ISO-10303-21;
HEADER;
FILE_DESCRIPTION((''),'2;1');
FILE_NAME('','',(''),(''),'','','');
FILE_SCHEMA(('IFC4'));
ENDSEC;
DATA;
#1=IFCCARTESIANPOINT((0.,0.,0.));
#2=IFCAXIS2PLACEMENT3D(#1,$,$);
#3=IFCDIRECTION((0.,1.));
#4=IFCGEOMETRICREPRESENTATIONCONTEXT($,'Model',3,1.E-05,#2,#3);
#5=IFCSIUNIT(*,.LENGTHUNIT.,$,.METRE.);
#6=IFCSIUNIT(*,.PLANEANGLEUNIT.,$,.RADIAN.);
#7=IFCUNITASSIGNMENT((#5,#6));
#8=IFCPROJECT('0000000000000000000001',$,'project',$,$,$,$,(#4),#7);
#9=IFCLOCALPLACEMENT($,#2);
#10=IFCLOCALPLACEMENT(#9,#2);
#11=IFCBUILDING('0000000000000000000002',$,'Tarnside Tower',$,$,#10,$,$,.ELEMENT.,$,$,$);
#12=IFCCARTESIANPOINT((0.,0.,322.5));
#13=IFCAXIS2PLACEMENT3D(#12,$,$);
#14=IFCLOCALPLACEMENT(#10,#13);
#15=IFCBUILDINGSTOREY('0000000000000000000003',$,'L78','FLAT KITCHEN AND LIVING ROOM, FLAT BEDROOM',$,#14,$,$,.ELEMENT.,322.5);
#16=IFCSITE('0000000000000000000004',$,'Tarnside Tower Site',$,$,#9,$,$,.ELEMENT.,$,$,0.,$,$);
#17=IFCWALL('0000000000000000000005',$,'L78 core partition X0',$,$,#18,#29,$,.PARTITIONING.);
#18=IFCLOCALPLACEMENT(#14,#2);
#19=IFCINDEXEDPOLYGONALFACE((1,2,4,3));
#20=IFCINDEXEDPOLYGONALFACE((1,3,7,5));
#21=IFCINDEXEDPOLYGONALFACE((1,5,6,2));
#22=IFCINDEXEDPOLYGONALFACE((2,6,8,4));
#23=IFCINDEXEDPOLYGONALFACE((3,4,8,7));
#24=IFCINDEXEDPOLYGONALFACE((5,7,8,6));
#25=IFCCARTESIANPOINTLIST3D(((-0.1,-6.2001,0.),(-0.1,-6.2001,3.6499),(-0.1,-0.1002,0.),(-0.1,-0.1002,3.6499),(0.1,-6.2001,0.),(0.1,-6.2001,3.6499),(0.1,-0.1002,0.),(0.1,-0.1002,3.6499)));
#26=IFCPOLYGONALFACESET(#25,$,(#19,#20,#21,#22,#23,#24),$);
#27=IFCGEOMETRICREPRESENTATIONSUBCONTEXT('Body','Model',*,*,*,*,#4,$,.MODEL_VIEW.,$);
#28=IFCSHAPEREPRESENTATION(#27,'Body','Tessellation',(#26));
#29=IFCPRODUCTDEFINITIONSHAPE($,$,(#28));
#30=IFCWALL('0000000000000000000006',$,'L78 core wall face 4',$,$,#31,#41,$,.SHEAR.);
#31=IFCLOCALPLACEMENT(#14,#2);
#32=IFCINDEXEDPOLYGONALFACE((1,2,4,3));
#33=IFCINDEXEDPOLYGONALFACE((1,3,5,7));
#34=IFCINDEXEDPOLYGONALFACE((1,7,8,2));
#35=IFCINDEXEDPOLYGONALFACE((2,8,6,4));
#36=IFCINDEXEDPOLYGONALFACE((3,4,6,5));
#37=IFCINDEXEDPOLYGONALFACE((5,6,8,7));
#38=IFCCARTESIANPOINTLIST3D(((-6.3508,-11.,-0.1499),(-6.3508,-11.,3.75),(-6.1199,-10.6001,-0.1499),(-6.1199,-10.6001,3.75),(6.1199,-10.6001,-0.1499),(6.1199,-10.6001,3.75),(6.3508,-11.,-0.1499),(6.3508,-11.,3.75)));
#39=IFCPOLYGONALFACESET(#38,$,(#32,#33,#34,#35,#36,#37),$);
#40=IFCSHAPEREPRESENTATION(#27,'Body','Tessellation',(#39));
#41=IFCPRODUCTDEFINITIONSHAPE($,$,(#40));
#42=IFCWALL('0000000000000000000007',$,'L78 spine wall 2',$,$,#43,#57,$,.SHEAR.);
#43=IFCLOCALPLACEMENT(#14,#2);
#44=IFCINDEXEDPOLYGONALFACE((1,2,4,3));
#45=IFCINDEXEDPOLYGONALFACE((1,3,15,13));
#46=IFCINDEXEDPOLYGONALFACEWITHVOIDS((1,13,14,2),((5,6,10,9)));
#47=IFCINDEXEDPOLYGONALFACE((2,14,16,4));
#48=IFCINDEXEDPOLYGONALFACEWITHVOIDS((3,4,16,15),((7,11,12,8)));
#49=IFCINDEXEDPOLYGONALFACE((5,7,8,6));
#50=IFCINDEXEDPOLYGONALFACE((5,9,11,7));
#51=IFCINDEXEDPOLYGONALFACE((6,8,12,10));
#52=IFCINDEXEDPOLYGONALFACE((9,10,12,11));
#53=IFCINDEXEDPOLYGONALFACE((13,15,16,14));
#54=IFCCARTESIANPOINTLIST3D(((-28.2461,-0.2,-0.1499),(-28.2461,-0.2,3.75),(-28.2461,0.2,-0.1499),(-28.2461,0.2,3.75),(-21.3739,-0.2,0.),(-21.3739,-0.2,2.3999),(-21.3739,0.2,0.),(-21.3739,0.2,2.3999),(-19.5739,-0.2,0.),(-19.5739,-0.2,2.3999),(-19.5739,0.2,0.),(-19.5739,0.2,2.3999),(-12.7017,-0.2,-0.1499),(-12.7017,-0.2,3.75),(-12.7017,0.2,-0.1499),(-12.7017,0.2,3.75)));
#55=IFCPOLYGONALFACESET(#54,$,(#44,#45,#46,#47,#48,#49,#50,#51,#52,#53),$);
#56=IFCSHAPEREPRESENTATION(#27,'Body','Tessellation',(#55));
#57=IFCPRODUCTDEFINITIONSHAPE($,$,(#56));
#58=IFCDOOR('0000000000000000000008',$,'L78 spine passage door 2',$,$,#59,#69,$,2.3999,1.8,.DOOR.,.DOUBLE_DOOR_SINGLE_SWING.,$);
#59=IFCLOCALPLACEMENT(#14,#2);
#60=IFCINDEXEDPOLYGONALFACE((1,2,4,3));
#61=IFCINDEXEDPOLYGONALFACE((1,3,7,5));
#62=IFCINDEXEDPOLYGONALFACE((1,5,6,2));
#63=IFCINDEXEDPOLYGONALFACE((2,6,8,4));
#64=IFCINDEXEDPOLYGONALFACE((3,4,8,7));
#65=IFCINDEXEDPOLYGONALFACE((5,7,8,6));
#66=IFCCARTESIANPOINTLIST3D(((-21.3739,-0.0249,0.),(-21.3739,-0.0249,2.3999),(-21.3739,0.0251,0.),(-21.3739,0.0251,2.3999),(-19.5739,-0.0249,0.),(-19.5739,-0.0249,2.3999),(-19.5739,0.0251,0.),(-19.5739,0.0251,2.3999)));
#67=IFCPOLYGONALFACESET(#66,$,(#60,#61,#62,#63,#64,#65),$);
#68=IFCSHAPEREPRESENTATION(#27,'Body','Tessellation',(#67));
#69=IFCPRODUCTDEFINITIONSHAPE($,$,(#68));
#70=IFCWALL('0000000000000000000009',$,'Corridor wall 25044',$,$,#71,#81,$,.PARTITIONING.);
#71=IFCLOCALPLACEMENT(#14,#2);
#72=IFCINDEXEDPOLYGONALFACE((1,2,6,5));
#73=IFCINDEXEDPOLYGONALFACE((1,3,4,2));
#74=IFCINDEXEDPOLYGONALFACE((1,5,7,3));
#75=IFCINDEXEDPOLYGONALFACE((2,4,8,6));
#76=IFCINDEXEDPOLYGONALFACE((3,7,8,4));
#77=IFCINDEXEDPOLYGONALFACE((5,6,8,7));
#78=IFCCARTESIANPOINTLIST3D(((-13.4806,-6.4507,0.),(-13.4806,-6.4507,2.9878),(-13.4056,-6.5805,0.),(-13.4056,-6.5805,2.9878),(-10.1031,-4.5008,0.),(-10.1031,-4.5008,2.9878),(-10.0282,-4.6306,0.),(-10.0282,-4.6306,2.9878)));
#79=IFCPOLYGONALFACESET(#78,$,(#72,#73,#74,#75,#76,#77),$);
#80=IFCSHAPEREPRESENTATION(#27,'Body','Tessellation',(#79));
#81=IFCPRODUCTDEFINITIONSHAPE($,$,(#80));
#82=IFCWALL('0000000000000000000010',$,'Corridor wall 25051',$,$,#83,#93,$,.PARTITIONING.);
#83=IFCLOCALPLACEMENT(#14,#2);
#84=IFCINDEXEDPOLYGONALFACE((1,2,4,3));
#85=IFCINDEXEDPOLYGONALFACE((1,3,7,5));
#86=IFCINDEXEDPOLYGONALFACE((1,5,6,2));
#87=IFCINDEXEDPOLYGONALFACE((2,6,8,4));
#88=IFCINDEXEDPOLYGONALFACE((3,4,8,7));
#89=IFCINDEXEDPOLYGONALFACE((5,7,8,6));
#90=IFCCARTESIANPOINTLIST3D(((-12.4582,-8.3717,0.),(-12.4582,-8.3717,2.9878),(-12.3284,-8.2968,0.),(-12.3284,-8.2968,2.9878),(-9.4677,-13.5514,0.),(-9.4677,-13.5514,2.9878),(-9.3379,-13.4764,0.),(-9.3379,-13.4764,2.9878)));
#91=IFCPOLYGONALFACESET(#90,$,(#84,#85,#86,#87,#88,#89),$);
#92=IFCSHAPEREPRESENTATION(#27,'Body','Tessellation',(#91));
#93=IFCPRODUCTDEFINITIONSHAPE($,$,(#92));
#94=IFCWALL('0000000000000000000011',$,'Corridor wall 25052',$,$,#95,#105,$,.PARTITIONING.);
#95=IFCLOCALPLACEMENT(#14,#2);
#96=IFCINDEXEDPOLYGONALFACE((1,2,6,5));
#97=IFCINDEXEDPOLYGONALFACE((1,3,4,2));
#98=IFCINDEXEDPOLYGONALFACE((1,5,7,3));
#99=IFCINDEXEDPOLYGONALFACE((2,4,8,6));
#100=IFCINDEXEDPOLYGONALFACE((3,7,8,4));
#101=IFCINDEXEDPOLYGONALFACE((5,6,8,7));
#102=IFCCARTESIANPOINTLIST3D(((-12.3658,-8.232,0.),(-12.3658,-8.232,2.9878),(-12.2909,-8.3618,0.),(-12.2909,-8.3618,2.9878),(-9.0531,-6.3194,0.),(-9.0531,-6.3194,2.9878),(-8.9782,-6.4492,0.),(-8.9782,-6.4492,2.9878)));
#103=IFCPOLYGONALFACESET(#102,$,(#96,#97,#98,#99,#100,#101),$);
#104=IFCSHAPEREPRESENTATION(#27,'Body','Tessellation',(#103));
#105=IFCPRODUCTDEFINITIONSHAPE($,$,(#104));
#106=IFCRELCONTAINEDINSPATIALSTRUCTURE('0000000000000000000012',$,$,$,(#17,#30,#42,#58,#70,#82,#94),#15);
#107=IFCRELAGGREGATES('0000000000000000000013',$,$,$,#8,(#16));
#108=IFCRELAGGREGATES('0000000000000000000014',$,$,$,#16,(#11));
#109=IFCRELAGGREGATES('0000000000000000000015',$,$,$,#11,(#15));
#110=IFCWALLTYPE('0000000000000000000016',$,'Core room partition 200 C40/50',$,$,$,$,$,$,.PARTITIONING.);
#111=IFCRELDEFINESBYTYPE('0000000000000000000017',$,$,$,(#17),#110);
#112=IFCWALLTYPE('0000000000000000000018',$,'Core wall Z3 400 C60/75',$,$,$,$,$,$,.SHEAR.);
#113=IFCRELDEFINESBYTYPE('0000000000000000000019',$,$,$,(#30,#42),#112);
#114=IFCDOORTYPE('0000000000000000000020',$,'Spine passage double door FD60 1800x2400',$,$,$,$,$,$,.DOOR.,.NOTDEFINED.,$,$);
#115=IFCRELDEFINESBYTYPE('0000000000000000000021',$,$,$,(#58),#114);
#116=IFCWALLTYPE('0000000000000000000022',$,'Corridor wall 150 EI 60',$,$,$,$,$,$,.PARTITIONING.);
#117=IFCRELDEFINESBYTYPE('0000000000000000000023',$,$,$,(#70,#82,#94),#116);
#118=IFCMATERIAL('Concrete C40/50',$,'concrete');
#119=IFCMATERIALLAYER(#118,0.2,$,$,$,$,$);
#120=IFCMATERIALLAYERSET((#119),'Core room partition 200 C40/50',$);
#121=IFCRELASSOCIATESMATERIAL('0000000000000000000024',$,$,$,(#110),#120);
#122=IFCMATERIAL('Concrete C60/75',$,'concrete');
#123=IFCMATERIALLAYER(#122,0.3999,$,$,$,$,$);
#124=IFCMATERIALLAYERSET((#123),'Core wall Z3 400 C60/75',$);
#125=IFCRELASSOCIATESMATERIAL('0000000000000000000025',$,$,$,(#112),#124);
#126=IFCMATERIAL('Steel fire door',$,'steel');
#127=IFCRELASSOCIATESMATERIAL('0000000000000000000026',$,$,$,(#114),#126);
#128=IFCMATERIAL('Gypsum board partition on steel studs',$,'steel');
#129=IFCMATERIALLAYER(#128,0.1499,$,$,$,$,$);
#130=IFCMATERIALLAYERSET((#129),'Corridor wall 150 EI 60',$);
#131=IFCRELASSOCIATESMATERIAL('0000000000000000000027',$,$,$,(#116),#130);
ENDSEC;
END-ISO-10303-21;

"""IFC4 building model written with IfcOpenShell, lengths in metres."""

from ifc_helpers import new_model, si_unit, direction, frame, frame_2d, origin, place, context, subcontext, project, spatial, polyline, rectangle, outline, extrude, material, layer, layer_set, type_object, element, fill, save


model = new_model("IFC4")

# Units and contexts
model_context = context("Model", 3, precision=1e-05, world=origin(), true_north=direction((0.0, 1.0)))
body_context = subcontext(model_context, "Body", "Model", "MODEL_VIEW")
ifc_project = project(units=[si_unit("LENGTHUNIT", "METRE"), si_unit("PLANEANGLEUNIT", "RADIAN")], contexts=[model_context])

# Site, building, storey
site_placement = place(None, origin())
site = spatial("IfcSite", under=ifc_project, at=site_placement, Name="Tarnside Tower Site", CompositionType="ELEMENT", RefElevation=0.0)
building_placement = place(site_placement, origin())
building = spatial("IfcBuilding", under=site, at=building_placement, Name="Tarnside Tower", CompositionType="ELEMENT")
storey_placement = place(building_placement, frame((0.0, 0.0, 322.5)))
storey = spatial("IfcBuildingStorey", under=building, at=storey_placement, Name="L78", Description="FLAT KITCHEN AND LIVING ROOM, FLAT BEDROOM", CompositionType="ELEMENT", Elevation=322.5)

# Walls
ifc_material_1 = material(Name="Concrete C40/50", Category="concrete")
ifc_layer_1 = layer(ifc_material_1, 0.2)
ifc_layer_set_1 = layer_set([ifc_layer_1], Name="Core room partition 200 C40/50")
wall_type_1 = type_object("IfcWallType", Name="Core room partition 200 C40/50", PredefinedType="PARTITIONING", material=ifc_layer_set_1)
wall_1_placement = place(storey_placement, frame((0.0, -6.2, 0.0), z_axis=(0.0, 0.0, 1.0), x_axis=(0.0, 1.0, 0.0)))
element("IfcWall", 1, at=wall_1_placement, inside=storey, type_object=wall_type_1, Name="L78 core partition X0", PredefinedType="PARTITIONING", context=body_context, shape_type="SweptSolid", body=[
    extrude(rectangle(XDim=6.0999, YDim=0.2, at=frame_2d((3.0498, 0.0))), origin(), (0.0, 0.0, 1.0), 3.6499),
])
ifc_material_2 = material(Name="Concrete C60/75", Category="concrete")
ifc_layer_2 = layer(ifc_material_2, 0.3999)
ifc_layer_set_2 = layer_set([ifc_layer_2], Name="Core wall Z3 400 C60/75")
wall_type_2 = type_object("IfcWallType", Name="Core wall Z3 400 C60/75", PredefinedType="SHEAR", material=ifc_layer_set_2)
wall_2_placement = place(storey_placement, frame((-6.2354, -10.8, -0.1499), z_axis=(0.0, 0.0, 1.0), x_axis=(1.0, 0.0, 0.0)))
element("IfcWall", 2, at=wall_2_placement, inside=storey, type_object=wall_type_2, Name="L78 core wall face 4", PredefinedType="SHEAR", context=body_context, shape_type="SweptSolid", body=[
    extrude(outline(polyline([(-0.1155, -0.2), (12.5862, -0.2), (12.3552, 0.2), (0.1155, 0.2), (-0.1155, -0.2)])), origin(), (0.0, 0.0, 1.0), 3.8999),
])

# Wall, opening, door
wall_3_placement = place(storey_placement, frame((-12.7017, 0.0, -0.1499), z_axis=(0.0, 0.0, 1.0), x_axis=(-1.0, 0.0, 0.0)))
wall_3 = element("IfcWall", 3, at=wall_3_placement, inside=storey, type_object=wall_type_2, Name="L78 spine wall 2", PredefinedType="SHEAR", context=body_context, shape_type="SweptSolid", body=[
    extrude(rectangle(XDim=15.5444, YDim=0.3999, at=frame_2d((7.7722, 0.0))), origin(), (0.0, 0.0, 1.0), 3.8999),
])
opening_1_placement = place(wall_3_placement, frame((6.8723, 0.0, 0.1499)))
opening_1 = element("IfcOpeningElement", 4, at=opening_1_placement, cuts=wall_3, PredefinedType="OPENING", context=body_context, shape_type="SweptSolid", body=[
    extrude(rectangle(XDim=1.8, YDim=2.3999, at=frame_2d((0.8999, 1.2))), frame((0.0, 0.21, 0.0), z_axis=(0.0, -1.0, 0.0), x_axis=(1.0, 0.0, 0.0)), (0.0, 0.0, 1.0), 0.4199),
])
ifc_material_3 = material(Name="Steel fire door", Category="steel")
door_type_1 = type_object("IfcDoorType", Name="Spine passage double door FD60 1800x2400", OperationType="NOTDEFINED", PredefinedType="DOOR", material=ifc_material_3)
door_1_placement = place(opening_1_placement, origin())
door_1 = element("IfcDoor", 5, at=door_1_placement, inside=storey, type_object=door_type_1, Name="L78 spine passage door 2", OperationType="DOUBLE_DOOR_SINGLE_SWING", OverallHeight=2.3999, OverallWidth=1.8, PredefinedType="DOOR", context=body_context, shape_type="SweptSolid", body=[
    extrude(rectangle(XDim=1.8, YDim=2.3999, at=frame_2d((0.8999, 1.2))), frame((0.0, 0.0249, 0.0), z_axis=(0.0, -1.0, 0.0), x_axis=(1.0, 0.0, 0.0)), (0.0, 0.0, 1.0), 0.05),
])
fill(opening_1, door_1)

# Walls
ifc_material_4 = material(Name="Gypsum board partition on steel studs", Category="steel")
ifc_layer_3 = layer(ifc_material_4, 0.1499)
ifc_layer_set_3 = layer_set([ifc_layer_3], Name="Corridor wall 150 EI 60")
wall_type_3 = type_object("IfcWallType", Name="Corridor wall 150 EI 60", PredefinedType="PARTITIONING", material=ifc_layer_set_3)
wall_4_placement = place(storey_placement, frame((-10.0657, -4.5657, 0.0), z_axis=(0.0, 0.0, 1.0), x_axis=(-0.866027, -0.499997, 0.0)))
element("IfcWall", 6, at=wall_4_placement, inside=storey, type_object=wall_type_3, Name="Corridor wall 25044", PredefinedType="PARTITIONING", context=body_context, shape_type="SweptSolid", body=[
    extrude(rectangle(XDim=3.8999, YDim=0.1499, at=frame_2d((1.95, 0.0))), origin(), (0.0, 0.0, 1.0), 2.9878),
])
wall_5_placement = place(storey_placement, frame((-9.4028, -13.5139, 0.0), z_axis=(0.0, 0.0, 1.0), x_axis=(-0.499998, 0.866027, 0.0)))
element("IfcWall", 7, at=wall_5_placement, inside=storey, type_object=wall_type_3, Name="Corridor wall 25051", PredefinedType="PARTITIONING", context=body_context, shape_type="SweptSolid", body=[
    extrude(rectangle(XDim=5.981, YDim=0.1499, at=frame_2d((2.9905, 0.0))), origin(), (0.0, 0.0, 1.0), 2.9878),
])
wall_6_placement = place(storey_placement, frame((-12.3284, -8.2969, 0.0), z_axis=(0.0, 0.0, 1.0), x_axis=(0.866027, 0.499997, 0.0)))
element("IfcWall", 8, at=wall_6_placement, inside=storey, type_object=wall_type_3, Name="Corridor wall 25052", PredefinedType="PARTITIONING", context=body_context, shape_type="SweptSolid", body=[
    extrude(rectangle(XDim=3.8252, YDim=0.1499, at=frame_2d((1.9126, 0.0))), origin(), (0.0, 0.0, 1.0), 2.9878),
])

save(model, "model.ifc")
